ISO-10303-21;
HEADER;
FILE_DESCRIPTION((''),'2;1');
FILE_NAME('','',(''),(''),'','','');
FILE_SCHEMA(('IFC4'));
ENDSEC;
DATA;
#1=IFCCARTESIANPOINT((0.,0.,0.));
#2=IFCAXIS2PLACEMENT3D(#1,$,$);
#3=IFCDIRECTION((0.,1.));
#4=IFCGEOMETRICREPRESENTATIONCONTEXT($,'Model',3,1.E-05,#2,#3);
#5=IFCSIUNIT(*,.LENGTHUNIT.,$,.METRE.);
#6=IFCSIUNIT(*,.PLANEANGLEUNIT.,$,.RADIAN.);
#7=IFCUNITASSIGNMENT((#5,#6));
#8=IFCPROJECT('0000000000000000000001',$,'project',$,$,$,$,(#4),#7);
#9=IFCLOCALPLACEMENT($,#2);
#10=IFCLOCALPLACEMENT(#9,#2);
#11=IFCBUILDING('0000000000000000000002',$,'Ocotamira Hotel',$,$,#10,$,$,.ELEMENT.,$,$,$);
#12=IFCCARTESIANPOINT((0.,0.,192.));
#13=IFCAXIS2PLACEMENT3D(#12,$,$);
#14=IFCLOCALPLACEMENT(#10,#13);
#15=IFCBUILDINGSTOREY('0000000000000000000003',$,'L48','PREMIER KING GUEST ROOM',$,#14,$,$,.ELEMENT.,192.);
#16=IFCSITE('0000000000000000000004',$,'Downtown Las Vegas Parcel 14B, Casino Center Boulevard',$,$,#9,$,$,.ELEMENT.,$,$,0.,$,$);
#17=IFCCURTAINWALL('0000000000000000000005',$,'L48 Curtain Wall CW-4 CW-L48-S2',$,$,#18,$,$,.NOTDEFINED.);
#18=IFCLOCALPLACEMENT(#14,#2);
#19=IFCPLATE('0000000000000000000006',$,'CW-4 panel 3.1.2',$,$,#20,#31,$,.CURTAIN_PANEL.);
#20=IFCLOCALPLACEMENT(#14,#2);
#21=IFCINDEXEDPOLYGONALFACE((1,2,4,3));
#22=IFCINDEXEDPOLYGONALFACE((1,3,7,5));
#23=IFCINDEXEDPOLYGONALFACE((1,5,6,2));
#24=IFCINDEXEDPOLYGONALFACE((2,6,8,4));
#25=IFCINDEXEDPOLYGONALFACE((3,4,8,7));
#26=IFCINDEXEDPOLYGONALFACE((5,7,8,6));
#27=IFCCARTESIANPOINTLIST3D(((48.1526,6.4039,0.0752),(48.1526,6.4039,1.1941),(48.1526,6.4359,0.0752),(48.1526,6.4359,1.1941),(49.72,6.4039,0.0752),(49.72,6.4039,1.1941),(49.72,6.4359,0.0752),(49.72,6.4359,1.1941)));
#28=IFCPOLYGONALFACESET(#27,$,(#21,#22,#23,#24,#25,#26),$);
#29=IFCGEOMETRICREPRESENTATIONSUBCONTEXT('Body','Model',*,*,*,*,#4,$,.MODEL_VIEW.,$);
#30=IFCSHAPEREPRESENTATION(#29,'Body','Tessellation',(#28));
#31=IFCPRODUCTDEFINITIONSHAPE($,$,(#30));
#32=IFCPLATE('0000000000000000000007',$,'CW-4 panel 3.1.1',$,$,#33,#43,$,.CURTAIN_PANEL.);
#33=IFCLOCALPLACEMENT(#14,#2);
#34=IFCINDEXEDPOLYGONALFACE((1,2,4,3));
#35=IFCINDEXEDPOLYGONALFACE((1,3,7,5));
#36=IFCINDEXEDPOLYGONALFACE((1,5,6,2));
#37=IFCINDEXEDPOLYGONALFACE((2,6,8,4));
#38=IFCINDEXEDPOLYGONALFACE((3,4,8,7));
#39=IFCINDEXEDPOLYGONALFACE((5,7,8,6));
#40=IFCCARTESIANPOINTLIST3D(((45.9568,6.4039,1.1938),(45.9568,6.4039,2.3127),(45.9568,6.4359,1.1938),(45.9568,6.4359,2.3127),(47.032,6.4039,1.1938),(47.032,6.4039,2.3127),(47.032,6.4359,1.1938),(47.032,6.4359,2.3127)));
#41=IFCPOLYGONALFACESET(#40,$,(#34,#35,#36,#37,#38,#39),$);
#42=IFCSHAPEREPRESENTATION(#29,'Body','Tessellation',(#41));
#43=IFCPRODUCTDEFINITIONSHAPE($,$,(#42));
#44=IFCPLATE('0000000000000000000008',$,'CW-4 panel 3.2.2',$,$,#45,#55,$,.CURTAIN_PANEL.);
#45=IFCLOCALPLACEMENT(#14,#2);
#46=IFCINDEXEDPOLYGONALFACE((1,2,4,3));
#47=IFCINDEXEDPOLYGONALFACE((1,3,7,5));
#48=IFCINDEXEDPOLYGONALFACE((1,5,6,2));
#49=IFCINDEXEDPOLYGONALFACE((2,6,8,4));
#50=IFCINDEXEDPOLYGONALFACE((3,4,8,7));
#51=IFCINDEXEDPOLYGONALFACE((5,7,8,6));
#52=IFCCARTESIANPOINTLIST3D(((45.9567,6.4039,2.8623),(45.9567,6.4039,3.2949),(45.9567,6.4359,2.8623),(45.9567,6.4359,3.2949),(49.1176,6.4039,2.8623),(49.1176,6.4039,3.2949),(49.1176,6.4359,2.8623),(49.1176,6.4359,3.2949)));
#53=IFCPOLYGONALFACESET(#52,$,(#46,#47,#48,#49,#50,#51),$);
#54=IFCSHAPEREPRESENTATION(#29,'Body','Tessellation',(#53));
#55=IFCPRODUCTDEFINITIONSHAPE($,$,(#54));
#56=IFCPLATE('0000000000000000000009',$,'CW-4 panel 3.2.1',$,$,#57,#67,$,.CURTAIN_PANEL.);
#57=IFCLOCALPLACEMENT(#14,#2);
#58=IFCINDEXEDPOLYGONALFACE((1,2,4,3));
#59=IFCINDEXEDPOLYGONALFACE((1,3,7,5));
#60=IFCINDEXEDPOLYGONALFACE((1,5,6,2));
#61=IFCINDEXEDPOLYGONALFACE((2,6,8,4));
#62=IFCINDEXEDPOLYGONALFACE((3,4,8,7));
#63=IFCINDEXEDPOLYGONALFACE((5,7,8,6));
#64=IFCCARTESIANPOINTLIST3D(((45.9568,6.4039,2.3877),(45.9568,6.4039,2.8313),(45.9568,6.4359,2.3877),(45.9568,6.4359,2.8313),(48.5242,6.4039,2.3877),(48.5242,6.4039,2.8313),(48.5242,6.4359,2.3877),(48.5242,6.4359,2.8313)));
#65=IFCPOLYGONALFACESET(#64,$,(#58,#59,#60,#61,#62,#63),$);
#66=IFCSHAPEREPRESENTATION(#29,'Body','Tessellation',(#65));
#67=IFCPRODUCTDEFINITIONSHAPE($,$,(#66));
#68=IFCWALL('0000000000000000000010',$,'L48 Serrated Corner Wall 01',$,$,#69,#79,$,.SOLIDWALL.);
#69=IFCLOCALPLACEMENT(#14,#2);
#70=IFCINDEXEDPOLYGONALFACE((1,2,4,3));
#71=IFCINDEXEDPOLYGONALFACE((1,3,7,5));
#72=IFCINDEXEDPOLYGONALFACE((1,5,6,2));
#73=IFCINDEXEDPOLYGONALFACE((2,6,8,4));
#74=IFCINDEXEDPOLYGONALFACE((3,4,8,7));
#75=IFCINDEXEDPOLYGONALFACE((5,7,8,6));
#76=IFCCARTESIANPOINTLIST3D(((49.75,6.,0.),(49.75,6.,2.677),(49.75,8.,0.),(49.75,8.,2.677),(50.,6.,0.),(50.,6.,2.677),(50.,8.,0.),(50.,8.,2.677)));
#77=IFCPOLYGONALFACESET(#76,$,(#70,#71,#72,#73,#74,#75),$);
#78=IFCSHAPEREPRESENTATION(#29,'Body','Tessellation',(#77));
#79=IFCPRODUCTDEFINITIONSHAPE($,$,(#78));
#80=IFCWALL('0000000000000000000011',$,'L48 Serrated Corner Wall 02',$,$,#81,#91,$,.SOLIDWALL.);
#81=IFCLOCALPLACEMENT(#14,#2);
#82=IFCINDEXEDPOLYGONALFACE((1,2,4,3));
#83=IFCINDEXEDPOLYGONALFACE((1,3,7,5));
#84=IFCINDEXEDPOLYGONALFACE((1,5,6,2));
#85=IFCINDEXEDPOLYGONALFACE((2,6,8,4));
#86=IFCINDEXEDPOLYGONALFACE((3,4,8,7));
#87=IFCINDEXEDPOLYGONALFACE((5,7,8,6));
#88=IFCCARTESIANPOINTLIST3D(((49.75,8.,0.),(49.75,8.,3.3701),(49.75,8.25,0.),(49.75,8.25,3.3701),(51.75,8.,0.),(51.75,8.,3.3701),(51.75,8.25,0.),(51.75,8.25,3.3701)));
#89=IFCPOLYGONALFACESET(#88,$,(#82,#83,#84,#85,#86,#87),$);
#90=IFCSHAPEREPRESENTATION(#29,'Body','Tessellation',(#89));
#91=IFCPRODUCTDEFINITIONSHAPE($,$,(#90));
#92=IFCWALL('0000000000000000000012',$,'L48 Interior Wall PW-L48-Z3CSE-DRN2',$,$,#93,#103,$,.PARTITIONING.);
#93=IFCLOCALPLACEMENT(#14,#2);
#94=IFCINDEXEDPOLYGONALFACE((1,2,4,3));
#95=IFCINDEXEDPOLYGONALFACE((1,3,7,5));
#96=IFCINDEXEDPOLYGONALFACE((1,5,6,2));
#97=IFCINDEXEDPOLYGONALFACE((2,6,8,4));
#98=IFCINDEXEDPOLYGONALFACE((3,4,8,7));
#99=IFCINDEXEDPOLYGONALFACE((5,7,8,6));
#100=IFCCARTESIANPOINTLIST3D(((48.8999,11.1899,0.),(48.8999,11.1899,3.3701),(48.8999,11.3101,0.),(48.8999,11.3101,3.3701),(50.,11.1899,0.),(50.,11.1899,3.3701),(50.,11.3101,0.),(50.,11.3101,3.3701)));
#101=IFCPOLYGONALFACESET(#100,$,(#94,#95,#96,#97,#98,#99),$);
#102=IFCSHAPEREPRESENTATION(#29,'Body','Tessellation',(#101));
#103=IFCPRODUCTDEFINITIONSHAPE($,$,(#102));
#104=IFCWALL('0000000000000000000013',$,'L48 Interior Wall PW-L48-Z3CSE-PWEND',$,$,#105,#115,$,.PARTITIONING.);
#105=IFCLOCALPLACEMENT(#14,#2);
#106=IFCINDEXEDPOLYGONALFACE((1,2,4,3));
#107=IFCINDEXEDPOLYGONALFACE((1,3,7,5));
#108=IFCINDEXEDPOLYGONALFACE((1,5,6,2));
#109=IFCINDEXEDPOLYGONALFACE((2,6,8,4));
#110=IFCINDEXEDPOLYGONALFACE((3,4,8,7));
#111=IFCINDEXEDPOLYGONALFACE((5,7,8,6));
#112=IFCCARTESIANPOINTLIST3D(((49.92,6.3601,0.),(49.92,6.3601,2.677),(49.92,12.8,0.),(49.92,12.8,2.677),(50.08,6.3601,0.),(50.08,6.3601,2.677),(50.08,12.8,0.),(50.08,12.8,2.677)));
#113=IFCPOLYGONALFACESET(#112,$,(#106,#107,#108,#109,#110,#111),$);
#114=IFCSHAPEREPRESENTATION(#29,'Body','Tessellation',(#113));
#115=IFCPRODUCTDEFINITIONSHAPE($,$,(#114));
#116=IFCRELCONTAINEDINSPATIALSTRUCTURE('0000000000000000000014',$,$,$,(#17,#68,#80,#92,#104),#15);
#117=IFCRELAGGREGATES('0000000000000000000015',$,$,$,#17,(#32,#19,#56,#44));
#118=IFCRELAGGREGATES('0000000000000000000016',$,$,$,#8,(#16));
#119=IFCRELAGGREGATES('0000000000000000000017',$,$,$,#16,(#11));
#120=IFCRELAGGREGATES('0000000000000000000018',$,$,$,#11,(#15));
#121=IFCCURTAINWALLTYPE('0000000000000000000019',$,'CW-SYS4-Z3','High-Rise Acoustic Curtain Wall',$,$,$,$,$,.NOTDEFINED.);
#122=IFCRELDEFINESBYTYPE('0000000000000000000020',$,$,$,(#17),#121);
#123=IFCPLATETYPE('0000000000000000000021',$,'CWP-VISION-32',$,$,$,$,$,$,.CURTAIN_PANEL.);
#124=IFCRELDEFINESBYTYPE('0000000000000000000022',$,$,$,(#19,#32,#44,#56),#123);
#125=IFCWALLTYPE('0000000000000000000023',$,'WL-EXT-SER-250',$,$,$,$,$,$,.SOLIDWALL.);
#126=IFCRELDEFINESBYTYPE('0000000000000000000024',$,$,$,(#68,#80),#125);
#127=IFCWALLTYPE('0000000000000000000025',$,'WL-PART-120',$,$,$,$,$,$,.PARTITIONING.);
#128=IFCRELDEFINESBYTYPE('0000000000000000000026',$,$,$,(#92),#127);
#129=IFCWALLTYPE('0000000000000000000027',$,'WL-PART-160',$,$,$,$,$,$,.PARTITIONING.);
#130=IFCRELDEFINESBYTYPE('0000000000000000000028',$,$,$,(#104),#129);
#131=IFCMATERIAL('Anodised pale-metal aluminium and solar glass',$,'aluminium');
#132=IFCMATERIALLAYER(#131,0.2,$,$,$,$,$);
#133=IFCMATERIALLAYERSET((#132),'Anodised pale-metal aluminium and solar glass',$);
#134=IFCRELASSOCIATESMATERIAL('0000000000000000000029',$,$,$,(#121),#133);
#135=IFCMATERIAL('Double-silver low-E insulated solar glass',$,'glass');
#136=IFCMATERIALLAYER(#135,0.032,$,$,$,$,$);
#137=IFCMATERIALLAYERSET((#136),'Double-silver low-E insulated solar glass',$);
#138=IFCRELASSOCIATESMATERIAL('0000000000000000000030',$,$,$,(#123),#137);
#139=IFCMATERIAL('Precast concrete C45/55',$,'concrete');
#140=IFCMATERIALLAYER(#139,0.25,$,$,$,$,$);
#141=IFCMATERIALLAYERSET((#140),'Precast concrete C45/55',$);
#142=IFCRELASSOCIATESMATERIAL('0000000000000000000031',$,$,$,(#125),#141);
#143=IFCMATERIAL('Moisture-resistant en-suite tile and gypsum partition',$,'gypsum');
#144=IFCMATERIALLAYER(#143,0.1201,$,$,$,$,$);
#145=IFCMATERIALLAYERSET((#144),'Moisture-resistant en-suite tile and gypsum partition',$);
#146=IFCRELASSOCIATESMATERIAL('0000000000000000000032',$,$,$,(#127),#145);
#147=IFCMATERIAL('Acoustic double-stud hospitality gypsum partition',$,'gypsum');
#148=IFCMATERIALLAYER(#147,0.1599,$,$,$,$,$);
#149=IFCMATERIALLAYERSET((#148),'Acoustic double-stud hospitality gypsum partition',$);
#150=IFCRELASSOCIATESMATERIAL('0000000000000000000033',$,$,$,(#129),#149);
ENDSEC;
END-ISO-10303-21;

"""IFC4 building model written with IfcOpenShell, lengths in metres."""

from ifc_helpers import new_model, si_unit, direction, frame, frame_2d, origin, origin_2d, place, context, subcontext, project, spatial, rectangle, extrude, source, transform, mapped, material, layer, layer_set, type_object, element, aggregate, save


model = new_model("IFC4")

# Units and contexts
model_context = context("Model", 3, precision=1e-05, world=origin(), true_north=direction((0.0, 1.0)))
body_context = subcontext(model_context, "Body", "Model", "MODEL_VIEW")
ifc_project = project(units=[si_unit("LENGTHUNIT", "METRE"), si_unit("PLANEANGLEUNIT", "RADIAN")], contexts=[model_context])

# Site, building, storey
site_placement = place(None, origin())
site = spatial("IfcSite", under=ifc_project, at=site_placement, Name="Downtown Las Vegas Parcel 14B, Casino Center Boulevard", CompositionType="ELEMENT", RefElevation=0.0)
building_placement = place(site_placement, origin())
building = spatial("IfcBuilding", under=site, at=building_placement, Name="Ocotamira Hotel", CompositionType="ELEMENT")
storey_placement = place(building_placement, frame((0.0, 0.0, 192.0)))
storey = spatial("IfcBuildingStorey", under=building, at=storey_placement, Name="L48", Description="PREMIER KING GUEST ROOM", CompositionType="ELEMENT", Elevation=192.0)

# Curtain wall
ifc_material_1 = material(Name="Anodised pale-metal aluminium and solar glass", Category="aluminium")
ifc_layer_1 = layer(ifc_material_1, 0.2)
ifc_layer_set_1 = layer_set([ifc_layer_1], Name="Anodised pale-metal aluminium and solar glass")
curtain_wall_type = type_object("IfcCurtainWallType", Name="CW-SYS4-Z3", Description="High-Rise Acoustic Curtain Wall", PredefinedType="NOTDEFINED", material=ifc_layer_set_1)
curtain_wall_placement = place(storey_placement, origin())
curtain_wall = element("IfcCurtainWall", 1, at=curtain_wall_placement, inside=storey, type_object=curtain_wall_type, Name="L48 Curtain Wall CW-4 CW-L48-S2", PredefinedType="NOTDEFINED")

# Plates
ifc_material_2 = material(Name="Double-silver low-E insulated solar glass", Category="glass")
ifc_layer_2 = layer(ifc_material_2, 0.032)
ifc_layer_set_2 = layer_set([ifc_layer_2], Name="Double-silver low-E insulated solar glass")
plate_type_1 = type_object("IfcPlateType", Name="CWP-VISION-32", PredefinedType="CURTAIN_PANEL", material=ifc_layer_set_2)
shared_shape_1 = source(origin(), body_context, "Body", "SweptSolid", [
    extrude(rectangle(XDim=1.5674, YDim=0.032, at=origin_2d()), origin(), (0.0, 0.0, 1.0), 1.1189),
])
plate_1_placement = place(storey_placement, frame((48.9363, 6.4199, 0.0752), z_axis=(0.0, 0.0, 1.0), x_axis=(1.0, 0.0, 0.0)))
plate_1 = element("IfcPlate", 2, at=plate_1_placement, type_object=plate_type_1, Name="CW-4 panel 3.1.2", PredefinedType="CURTAIN_PANEL", context=body_context, shape_type="MappedRepresentation", body=[
    mapped(shared_shape_1, transform((0.0, 0.0, 0.0), scale=1.0)),
])
shared_shape_2 = source(origin(), body_context, "Body", "SweptSolid", [
    extrude(rectangle(XDim=1.0752, YDim=0.032, at=origin_2d()), origin(), (0.0, 0.0, 1.0), 1.1189),
])
plate_2_placement = place(storey_placement, frame((46.4944, 6.4199, 1.1938), z_axis=(0.0, 0.0, 1.0), x_axis=(1.0, 0.0, 0.0)))
plate_2 = element("IfcPlate", 3, at=plate_2_placement, type_object=plate_type_1, Name="CW-4 panel 3.1.1", PredefinedType="CURTAIN_PANEL", context=body_context, shape_type="MappedRepresentation", body=[
    mapped(shared_shape_2, transform((0.0, 0.0, 0.0), scale=1.0)),
])
shared_shape_3 = source(origin(), body_context, "Body", "SweptSolid", [
    extrude(rectangle(XDim=3.1609, YDim=0.032, at=origin_2d()), origin(), (0.0, 0.0, 1.0), 0.4326),
])
plate_3_placement = place(storey_placement, frame((47.5371, 6.4199, 2.8623), z_axis=(0.0, 0.0, 1.0), x_axis=(1.0, 0.0, 0.0)))
plate_3 = element("IfcPlate", 4, at=plate_3_placement, type_object=plate_type_1, Name="CW-4 panel 3.2.2", PredefinedType="CURTAIN_PANEL", context=body_context, shape_type="MappedRepresentation", body=[
    mapped(shared_shape_3, transform((0.0, 0.0, 0.0), scale=1.0)),
])
shared_shape_4 = source(origin(), body_context, "Body", "SweptSolid", [
    extrude(rectangle(XDim=2.5674, YDim=0.032, at=origin_2d()), origin(), (0.0, 0.0, 1.0), 0.4436),
])
plate_4_placement = place(storey_placement, frame((47.2405, 6.4199, 2.3877), z_axis=(0.0, 0.0, 1.0), x_axis=(1.0, 0.0, 0.0)))
plate_4 = element("IfcPlate", 5, at=plate_4_placement, type_object=plate_type_1, Name="CW-4 panel 3.2.1", PredefinedType="CURTAIN_PANEL", context=body_context, shape_type="MappedRepresentation", body=[
    mapped(shared_shape_4, transform((0.0, 0.0, 0.0), scale=1.0)),
])
aggregate(curtain_wall, [plate_2, plate_1, plate_4, plate_3])

# Walls
ifc_material_3 = material(Name="Precast concrete C45/55", Category="concrete")
ifc_layer_3 = layer(ifc_material_3, 0.25)
ifc_layer_set_3 = layer_set([ifc_layer_3], Name="Precast concrete C45/55")
wall_type_1 = type_object("IfcWallType", Name="WL-EXT-SER-250", PredefinedType="SOLIDWALL", material=ifc_layer_set_3)
wall_1_placement = place(storey_placement, frame((49.875, 6.0, 0.0), z_axis=(0.0, 0.0, 1.0), x_axis=(0.0, 1.0, 0.0)))
element("IfcWall", 6, at=wall_1_placement, inside=storey, type_object=wall_type_1, Name="L48 Serrated Corner Wall 01", PredefinedType="SOLIDWALL", context=body_context, shape_type="SweptSolid", body=[
    extrude(rectangle(XDim=2.0, YDim=0.25, at=frame_2d((1.0, 0.0))), origin(), (0.0, 0.0, 1.0), 2.677),
])
wall_2_placement = place(storey_placement, frame((49.75, 8.125, 0.0), z_axis=(0.0, 0.0, 1.0), x_axis=(1.0, 0.0, 0.0)))
element("IfcWall", 7, at=wall_2_placement, inside=storey, type_object=wall_type_1, Name="L48 Serrated Corner Wall 02", PredefinedType="SOLIDWALL", context=body_context, shape_type="SweptSolid", body=[
    extrude(rectangle(XDim=2.0, YDim=0.25, at=frame_2d((1.0, 0.0))), origin(), (0.0, 0.0, 1.0), 3.3701),
])

# Walls
ifc_material_4 = material(Name="Moisture-resistant en-suite tile and gypsum partition", Category="gypsum")
ifc_layer_4 = layer(ifc_material_4, 0.1201)
ifc_layer_set_4 = layer_set([ifc_layer_4], Name="Moisture-resistant en-suite tile and gypsum partition")
wall_type_2 = type_object("IfcWallType", Name="WL-PART-120", PredefinedType="PARTITIONING", material=ifc_layer_set_4)
wall_3_placement = place(storey_placement, frame((48.8999, 11.25, 0.0), z_axis=(0.0, 0.0, 1.0), x_axis=(1.0, 0.0, 0.0)))
element("IfcWall", 8, at=wall_3_placement, inside=storey, type_object=wall_type_2, Name="L48 Interior Wall PW-L48-Z3CSE-DRN2", PredefinedType="PARTITIONING", context=body_context, shape_type="SweptSolid", body=[
    extrude(rectangle(XDim=1.1001, YDim=0.1201, at=frame_2d((0.55, 0.0))), origin(), (0.0, 0.0, 1.0), 3.3701),
])
ifc_material_5 = material(Name="Acoustic double-stud hospitality gypsum partition", Category="gypsum")
ifc_layer_5 = layer(ifc_material_5, 0.1599)
ifc_layer_set_5 = layer_set([ifc_layer_5], Name="Acoustic double-stud hospitality gypsum partition")
wall_type_3 = type_object("IfcWallType", Name="WL-PART-160", PredefinedType="PARTITIONING", material=ifc_layer_set_5)
wall_4_placement = place(storey_placement, frame((50.0, 6.3601, 0.0), z_axis=(0.0, 0.0, 1.0), x_axis=(0.0, 1.0, 0.0)))
element("IfcWall", 9, at=wall_4_placement, inside=storey, type_object=wall_type_3, Name="L48 Interior Wall PW-L48-Z3CSE-PWEND", PredefinedType="PARTITIONING", context=body_context, shape_type="SweptSolid", body=[
    extrude(rectangle(XDim=6.4399, YDim=0.1599, at=frame_2d((3.22, 0.0))), origin(), (0.0, 0.0, 1.0), 2.677),
])

save(model, "model.ifc")
